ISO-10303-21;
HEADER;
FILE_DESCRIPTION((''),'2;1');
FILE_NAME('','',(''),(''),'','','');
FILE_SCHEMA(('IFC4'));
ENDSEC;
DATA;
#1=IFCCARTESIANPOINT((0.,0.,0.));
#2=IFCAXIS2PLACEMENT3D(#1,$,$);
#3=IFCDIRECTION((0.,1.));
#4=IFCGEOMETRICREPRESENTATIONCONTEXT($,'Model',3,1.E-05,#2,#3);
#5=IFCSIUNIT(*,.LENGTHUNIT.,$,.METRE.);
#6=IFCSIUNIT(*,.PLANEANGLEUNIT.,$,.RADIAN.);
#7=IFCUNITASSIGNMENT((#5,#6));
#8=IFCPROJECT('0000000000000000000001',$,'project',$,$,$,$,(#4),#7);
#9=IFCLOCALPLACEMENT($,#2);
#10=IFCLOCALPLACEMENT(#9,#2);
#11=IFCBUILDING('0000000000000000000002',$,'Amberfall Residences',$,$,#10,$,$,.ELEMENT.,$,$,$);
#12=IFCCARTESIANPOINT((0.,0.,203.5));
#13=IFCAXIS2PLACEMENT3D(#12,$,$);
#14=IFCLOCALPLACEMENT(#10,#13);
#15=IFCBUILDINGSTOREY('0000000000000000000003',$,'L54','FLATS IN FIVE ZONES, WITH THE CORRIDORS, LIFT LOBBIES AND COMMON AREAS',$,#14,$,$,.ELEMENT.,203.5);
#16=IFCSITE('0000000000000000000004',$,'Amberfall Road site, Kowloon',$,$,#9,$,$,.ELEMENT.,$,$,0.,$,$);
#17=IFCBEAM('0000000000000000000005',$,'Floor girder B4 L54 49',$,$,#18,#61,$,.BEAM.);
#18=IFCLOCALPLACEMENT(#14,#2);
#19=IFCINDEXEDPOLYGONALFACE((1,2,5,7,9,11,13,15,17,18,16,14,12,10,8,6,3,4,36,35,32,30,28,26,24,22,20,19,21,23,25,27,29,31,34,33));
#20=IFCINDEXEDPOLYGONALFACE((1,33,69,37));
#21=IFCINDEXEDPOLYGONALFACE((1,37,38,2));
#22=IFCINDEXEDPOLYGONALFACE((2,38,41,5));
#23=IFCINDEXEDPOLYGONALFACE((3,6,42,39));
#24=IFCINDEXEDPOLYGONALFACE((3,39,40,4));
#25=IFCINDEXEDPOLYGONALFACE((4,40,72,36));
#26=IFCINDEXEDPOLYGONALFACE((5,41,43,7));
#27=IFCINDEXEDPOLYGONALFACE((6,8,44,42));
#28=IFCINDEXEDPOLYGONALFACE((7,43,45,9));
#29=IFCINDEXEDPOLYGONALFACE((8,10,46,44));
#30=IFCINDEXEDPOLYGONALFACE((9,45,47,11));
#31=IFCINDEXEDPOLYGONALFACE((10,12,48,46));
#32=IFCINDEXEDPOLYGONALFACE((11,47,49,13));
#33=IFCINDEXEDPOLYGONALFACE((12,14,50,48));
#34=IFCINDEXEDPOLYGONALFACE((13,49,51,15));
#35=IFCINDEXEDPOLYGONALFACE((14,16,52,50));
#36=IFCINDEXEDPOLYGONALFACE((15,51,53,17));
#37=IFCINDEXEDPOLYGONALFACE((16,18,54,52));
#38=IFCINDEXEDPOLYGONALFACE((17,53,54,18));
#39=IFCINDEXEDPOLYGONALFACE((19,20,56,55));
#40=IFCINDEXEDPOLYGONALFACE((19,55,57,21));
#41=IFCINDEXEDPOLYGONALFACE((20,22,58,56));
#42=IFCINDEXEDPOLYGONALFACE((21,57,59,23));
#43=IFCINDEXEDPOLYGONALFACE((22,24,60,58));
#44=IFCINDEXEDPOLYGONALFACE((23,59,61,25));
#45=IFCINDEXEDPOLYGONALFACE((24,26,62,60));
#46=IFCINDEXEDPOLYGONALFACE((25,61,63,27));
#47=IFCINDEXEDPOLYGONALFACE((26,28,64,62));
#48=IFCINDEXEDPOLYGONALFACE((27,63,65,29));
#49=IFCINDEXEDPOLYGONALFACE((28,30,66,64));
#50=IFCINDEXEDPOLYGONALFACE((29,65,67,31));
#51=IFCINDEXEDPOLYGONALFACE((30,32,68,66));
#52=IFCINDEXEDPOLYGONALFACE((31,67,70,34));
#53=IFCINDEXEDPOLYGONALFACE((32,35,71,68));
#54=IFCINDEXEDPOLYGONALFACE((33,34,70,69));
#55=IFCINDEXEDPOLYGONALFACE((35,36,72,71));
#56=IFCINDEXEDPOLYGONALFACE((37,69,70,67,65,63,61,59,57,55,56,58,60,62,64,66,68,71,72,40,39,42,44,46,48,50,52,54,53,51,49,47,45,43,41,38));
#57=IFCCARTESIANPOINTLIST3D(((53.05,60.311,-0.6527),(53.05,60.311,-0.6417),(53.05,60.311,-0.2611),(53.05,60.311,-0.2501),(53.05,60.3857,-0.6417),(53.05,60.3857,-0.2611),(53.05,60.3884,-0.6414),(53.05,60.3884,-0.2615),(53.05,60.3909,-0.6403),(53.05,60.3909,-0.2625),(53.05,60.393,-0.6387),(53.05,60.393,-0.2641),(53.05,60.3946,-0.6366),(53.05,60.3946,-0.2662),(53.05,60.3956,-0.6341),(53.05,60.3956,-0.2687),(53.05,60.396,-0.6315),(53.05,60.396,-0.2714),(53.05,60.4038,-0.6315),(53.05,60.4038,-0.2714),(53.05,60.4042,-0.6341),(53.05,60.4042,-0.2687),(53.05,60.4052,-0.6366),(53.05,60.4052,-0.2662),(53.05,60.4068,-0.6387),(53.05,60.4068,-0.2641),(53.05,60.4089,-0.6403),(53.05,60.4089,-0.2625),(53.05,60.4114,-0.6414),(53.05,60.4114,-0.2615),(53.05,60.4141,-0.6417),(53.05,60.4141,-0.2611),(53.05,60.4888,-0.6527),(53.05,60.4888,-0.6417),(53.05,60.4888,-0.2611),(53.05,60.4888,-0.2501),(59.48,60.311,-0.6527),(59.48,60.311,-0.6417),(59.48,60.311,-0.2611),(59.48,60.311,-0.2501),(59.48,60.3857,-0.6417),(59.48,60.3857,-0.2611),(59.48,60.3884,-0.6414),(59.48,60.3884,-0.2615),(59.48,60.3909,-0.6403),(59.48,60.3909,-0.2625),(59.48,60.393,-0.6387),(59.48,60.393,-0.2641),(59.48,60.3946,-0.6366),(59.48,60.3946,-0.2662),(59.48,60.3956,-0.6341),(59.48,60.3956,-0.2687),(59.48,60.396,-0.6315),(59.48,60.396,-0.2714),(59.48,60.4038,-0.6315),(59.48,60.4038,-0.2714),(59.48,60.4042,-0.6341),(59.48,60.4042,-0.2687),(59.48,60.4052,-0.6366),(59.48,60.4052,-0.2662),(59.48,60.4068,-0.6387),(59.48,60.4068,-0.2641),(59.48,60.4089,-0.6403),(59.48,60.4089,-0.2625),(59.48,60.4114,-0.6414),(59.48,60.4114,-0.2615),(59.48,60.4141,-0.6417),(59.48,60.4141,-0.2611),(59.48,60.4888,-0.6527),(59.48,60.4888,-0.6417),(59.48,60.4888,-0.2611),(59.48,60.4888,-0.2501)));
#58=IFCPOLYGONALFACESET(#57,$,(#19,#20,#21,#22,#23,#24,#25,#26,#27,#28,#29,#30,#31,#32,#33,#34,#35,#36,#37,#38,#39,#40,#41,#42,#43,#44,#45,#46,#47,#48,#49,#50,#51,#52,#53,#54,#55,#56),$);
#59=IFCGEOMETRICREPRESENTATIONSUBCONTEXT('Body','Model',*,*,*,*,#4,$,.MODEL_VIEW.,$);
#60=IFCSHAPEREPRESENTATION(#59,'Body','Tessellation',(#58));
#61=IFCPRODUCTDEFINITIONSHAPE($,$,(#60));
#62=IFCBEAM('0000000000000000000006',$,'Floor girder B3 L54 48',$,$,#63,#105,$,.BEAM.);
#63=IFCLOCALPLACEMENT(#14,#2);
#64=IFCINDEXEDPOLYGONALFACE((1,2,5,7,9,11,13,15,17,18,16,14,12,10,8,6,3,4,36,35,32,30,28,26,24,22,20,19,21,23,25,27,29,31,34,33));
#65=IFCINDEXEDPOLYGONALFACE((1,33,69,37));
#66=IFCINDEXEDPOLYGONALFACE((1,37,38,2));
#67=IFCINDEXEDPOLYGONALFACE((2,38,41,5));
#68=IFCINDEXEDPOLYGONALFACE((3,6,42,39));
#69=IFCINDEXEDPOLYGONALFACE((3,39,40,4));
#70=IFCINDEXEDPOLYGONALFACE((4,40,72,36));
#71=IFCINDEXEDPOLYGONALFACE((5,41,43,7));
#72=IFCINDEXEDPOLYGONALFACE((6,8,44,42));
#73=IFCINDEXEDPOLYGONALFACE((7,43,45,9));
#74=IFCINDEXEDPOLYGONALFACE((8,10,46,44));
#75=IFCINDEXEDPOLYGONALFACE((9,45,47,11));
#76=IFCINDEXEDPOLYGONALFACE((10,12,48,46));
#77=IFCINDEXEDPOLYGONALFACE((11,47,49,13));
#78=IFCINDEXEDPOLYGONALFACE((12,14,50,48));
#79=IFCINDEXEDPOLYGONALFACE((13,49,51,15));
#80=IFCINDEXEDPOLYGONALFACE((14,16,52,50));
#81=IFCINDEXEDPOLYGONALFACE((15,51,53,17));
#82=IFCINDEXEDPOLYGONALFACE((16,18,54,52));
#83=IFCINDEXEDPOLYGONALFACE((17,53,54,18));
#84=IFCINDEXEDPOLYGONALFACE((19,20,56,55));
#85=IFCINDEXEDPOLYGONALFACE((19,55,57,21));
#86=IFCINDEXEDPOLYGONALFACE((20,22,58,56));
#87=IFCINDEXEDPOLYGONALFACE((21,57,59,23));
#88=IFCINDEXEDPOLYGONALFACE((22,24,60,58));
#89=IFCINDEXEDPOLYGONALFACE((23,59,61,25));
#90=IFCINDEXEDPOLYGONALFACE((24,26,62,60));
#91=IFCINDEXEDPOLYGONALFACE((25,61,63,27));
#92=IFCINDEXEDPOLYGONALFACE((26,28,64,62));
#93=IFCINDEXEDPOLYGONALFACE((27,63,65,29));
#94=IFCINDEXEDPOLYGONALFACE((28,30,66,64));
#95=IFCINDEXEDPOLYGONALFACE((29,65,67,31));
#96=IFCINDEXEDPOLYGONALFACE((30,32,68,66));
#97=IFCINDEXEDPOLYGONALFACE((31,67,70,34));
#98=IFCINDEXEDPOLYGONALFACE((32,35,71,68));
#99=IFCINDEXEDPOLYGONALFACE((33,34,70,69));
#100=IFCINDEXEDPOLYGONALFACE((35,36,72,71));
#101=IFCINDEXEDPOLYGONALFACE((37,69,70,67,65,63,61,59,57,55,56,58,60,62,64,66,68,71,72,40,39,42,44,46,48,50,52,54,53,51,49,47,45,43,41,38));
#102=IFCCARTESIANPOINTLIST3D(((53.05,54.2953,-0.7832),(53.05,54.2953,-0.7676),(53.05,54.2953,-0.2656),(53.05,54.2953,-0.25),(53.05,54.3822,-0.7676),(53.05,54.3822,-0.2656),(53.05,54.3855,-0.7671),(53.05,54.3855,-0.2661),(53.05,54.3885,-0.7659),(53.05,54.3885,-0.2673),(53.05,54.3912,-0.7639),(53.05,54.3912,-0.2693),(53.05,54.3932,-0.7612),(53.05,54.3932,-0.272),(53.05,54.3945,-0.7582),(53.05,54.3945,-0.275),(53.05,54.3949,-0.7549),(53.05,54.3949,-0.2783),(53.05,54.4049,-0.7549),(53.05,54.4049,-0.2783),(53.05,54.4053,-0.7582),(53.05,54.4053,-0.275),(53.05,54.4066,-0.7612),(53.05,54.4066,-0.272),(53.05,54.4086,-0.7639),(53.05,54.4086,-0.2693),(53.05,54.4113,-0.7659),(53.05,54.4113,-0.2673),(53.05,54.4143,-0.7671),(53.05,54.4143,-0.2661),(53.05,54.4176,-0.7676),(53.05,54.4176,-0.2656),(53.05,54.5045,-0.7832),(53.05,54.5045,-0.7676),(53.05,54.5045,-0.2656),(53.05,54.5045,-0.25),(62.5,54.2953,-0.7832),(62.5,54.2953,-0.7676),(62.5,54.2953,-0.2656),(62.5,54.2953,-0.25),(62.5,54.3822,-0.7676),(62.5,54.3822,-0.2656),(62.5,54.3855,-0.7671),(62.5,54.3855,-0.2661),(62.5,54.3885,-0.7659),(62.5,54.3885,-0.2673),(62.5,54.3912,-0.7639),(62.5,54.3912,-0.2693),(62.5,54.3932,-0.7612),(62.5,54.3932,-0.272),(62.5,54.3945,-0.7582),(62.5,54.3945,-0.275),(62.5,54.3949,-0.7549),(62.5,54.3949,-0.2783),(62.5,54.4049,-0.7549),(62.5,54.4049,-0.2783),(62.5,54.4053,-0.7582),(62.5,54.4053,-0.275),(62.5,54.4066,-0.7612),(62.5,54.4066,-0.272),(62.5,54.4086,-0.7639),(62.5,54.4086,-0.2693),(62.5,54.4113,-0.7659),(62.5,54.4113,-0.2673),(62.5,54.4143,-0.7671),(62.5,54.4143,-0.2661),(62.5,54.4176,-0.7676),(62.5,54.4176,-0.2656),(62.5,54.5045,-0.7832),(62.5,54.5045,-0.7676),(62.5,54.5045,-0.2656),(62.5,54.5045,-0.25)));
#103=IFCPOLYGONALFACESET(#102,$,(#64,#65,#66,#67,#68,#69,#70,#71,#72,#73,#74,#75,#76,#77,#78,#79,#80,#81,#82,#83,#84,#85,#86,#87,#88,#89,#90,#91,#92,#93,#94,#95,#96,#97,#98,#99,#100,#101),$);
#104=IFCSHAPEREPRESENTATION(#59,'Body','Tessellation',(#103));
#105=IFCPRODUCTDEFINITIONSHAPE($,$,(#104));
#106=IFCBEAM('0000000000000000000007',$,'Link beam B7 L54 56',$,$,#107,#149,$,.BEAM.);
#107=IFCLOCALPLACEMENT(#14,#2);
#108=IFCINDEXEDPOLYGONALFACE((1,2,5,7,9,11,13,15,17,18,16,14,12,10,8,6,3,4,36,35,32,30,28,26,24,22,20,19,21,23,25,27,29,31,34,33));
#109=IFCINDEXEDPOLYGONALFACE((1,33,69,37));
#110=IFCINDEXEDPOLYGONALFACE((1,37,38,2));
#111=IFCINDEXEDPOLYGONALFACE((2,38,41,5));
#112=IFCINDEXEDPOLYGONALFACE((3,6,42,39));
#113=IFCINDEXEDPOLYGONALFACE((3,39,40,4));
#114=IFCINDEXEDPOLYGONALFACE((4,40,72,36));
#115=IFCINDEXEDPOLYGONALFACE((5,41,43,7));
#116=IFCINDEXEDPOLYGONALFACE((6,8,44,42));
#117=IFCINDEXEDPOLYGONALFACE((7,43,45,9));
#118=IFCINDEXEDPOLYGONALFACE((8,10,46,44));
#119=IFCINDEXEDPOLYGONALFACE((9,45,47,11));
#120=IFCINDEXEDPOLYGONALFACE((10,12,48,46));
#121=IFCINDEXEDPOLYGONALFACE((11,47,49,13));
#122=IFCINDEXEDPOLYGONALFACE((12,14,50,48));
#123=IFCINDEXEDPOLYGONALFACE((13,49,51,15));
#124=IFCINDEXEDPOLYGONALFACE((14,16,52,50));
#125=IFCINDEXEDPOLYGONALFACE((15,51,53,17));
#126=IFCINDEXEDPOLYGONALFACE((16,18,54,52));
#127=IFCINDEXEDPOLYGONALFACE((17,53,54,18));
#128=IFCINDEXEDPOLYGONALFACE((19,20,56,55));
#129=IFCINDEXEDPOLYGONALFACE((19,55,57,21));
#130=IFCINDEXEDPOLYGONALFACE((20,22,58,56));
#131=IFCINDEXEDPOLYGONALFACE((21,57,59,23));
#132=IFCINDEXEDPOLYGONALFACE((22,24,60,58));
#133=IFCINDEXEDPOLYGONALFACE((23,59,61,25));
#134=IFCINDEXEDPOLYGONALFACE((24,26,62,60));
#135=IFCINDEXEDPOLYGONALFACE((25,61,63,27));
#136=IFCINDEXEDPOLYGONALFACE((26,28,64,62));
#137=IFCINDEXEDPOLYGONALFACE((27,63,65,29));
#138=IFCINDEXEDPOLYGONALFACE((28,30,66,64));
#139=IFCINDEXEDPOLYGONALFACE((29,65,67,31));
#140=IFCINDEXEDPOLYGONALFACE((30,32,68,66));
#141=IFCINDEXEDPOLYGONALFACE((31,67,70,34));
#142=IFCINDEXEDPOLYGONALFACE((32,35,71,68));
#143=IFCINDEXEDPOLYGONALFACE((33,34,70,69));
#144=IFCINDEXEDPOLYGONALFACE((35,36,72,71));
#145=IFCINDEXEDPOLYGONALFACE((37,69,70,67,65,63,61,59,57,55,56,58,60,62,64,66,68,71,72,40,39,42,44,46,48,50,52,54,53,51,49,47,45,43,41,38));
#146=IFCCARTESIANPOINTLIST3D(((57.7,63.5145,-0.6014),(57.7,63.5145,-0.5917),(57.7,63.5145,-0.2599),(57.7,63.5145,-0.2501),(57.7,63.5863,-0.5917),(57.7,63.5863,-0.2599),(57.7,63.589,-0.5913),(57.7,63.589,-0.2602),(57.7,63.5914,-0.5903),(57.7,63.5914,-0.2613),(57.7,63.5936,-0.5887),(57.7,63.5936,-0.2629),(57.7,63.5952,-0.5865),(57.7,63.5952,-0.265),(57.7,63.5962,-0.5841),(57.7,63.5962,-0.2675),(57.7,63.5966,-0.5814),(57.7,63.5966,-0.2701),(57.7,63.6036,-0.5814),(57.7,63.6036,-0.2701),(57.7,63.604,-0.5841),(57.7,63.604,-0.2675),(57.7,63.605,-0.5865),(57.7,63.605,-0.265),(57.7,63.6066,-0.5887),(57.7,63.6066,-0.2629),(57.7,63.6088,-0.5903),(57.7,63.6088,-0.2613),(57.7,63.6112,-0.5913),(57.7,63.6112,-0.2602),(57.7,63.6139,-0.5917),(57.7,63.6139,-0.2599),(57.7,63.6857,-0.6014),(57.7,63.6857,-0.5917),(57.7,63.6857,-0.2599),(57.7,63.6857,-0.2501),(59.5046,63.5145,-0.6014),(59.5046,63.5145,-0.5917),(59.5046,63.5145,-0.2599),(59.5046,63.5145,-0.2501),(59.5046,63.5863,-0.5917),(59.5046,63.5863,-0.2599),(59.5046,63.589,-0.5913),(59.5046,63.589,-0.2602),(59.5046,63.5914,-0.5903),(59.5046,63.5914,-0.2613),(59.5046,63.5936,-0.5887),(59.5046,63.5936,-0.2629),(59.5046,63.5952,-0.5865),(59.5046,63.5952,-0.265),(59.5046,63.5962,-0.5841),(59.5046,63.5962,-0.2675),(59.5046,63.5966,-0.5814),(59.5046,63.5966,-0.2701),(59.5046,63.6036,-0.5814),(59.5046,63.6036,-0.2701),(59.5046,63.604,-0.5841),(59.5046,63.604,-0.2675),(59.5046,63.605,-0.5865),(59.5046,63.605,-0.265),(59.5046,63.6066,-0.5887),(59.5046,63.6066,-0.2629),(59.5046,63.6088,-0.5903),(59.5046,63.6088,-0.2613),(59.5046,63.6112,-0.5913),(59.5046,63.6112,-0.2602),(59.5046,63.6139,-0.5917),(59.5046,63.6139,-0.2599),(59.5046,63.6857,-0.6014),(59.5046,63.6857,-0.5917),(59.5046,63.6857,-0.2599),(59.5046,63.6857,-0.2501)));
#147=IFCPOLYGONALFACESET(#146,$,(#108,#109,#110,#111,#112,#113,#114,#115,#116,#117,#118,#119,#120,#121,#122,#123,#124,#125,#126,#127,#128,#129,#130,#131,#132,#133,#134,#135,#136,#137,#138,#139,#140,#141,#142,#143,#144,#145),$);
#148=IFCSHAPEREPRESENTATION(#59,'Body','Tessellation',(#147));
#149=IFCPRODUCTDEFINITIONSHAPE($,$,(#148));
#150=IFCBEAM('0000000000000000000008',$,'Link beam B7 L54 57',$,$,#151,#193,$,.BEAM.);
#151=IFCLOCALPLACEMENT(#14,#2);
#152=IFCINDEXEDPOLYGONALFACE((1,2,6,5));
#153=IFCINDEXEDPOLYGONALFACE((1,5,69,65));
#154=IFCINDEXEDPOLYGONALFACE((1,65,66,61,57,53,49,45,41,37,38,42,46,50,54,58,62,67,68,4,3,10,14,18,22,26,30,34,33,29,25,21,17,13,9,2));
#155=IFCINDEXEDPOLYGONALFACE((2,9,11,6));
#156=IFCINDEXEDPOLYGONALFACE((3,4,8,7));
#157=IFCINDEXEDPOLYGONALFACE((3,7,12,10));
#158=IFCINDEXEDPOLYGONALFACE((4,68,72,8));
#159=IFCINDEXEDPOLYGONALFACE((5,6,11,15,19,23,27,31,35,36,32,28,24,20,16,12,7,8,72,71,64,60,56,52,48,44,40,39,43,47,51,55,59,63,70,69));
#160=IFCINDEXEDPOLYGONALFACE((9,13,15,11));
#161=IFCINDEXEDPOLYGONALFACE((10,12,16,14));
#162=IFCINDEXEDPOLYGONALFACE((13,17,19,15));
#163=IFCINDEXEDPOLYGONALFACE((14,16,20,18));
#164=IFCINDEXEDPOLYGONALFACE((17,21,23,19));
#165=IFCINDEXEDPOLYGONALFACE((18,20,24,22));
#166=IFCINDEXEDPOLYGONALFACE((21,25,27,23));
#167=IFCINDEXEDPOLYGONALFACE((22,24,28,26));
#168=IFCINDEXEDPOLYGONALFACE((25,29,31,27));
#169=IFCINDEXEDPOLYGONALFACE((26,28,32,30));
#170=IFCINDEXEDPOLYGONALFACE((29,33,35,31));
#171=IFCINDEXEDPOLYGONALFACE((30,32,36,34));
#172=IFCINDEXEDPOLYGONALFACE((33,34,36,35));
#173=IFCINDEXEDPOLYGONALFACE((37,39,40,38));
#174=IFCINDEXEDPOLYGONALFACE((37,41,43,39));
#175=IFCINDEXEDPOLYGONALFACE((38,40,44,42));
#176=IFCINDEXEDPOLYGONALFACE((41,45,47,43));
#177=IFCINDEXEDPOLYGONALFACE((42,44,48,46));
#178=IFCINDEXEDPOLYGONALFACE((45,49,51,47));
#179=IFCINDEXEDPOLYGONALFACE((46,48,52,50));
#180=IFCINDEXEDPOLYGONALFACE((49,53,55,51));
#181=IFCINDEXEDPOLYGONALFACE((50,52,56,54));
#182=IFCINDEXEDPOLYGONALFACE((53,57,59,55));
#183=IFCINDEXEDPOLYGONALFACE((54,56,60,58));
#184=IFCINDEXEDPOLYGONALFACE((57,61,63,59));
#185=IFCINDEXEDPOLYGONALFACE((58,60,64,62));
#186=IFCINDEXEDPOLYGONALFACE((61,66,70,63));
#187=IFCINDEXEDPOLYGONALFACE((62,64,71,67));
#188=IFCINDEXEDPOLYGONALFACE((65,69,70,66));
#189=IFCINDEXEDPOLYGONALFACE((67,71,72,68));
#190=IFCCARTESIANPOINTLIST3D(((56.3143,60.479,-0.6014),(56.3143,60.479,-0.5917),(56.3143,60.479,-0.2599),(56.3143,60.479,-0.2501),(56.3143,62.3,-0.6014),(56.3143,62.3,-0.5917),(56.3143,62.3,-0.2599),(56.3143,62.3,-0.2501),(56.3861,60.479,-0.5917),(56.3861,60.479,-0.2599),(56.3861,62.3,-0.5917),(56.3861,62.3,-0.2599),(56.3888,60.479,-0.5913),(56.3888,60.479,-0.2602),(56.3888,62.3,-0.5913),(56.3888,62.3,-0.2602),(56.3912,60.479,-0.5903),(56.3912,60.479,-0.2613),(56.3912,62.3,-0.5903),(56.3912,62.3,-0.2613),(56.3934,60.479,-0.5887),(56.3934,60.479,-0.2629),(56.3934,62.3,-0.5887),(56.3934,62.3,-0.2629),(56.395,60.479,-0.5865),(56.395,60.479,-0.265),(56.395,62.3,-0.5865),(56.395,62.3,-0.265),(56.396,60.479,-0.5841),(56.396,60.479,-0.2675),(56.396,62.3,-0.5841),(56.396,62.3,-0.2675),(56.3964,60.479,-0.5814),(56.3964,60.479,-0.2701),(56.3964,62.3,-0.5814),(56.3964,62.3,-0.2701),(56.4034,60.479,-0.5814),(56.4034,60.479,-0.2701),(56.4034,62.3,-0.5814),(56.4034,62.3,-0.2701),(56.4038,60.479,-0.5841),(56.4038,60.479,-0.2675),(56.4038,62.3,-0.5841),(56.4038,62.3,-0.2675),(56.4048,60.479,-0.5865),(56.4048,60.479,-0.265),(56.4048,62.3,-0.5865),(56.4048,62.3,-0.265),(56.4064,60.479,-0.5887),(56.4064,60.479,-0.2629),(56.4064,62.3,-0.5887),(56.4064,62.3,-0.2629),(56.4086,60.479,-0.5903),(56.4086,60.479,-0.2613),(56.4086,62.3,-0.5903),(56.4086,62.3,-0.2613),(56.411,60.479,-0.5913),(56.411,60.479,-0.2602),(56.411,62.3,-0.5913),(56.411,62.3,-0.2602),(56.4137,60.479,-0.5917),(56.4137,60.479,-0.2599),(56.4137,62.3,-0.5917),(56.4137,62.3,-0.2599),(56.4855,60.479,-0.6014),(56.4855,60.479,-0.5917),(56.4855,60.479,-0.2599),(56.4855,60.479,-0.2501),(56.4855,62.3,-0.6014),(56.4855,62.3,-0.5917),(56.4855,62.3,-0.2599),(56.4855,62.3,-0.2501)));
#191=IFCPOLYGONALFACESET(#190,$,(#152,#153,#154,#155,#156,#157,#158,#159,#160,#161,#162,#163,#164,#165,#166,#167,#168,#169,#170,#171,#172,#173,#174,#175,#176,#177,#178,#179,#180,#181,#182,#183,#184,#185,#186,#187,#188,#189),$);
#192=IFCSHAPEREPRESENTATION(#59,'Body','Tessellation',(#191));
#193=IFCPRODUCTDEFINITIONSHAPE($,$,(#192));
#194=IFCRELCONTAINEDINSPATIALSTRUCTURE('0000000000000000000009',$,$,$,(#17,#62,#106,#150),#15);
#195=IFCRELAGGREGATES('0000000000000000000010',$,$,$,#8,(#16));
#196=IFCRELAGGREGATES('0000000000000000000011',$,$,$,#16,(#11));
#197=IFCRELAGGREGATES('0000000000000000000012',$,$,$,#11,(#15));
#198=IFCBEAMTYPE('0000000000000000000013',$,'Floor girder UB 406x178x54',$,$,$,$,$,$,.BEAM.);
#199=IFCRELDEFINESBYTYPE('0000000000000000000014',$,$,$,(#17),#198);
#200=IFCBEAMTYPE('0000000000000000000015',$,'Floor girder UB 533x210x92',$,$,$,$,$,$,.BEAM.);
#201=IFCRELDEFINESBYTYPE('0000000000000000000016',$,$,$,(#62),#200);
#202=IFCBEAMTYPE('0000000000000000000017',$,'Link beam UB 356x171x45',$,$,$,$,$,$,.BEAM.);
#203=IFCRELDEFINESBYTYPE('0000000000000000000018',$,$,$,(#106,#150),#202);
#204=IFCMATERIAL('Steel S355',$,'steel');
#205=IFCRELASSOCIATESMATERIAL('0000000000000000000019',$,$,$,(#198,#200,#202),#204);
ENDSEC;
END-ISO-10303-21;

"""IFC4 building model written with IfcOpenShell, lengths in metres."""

from ifc_helpers import new_model, si_unit, direction, frame, origin, origin_2d, place, context, subcontext, project, spatial, i_section, extrude, material, material_profile, profile_set, type_object, element, save


model = new_model("IFC4")

# Units and contexts
model_context = context("Model", 3, precision=1e-05, world=origin(), true_north=direction((0.0, 1.0)))
body_context = subcontext(model_context, "Body", "Model", "MODEL_VIEW")
ifc_project = project(units=[si_unit("LENGTHUNIT", "METRE"), si_unit("PLANEANGLEUNIT", "RADIAN")], contexts=[model_context])

# Site, building, storey
site_placement = place(None, origin())
site = spatial("IfcSite", under=ifc_project, at=site_placement, Name="Amberfall Road site, Kowloon", CompositionType="ELEMENT", RefElevation=0.0)
building_placement = place(site_placement, origin())
building = spatial("IfcBuilding", under=site, at=building_placement, Name="Amberfall Residences", CompositionType="ELEMENT")
storey_placement = place(building_placement, frame((0.0, 0.0, 203.5)))
storey = spatial("IfcBuildingStorey", under=building, at=storey_placement, Name="L54", Description="FLATS IN FIVE ZONES, WITH THE CORRIDORS, LIFT LOBBIES AND COMMON AREAS", CompositionType="ELEMENT", Elevation=203.5)

# Shared definitions
ifc_material_1 = material(Name="Steel S355", Category="steel")

# Beams
ifc_material_profile_1 = material_profile(ifc_material_1, i_section(OverallWidth=0.1777, OverallDepth=0.4026, WebThickness=0.0078, FlangeThickness=0.011, FilletRadius=0.0103, at=origin_2d()), Name="UB 406x178x54")
ifc_profile_set_1 = profile_set([ifc_material_profile_1], Name="Steel S355")
beam_type_1 = type_object("IfcBeamType", Name="Floor girder UB 406x178x54", PredefinedType="BEAM", material=ifc_profile_set_1)
beam_1_placement = place(storey_placement, frame((53.05, 60.3999, -0.4514), z_axis=(1.0, 0.0, 0.0), x_axis=(0.0, 1.0, 0.0)))
element("IfcBeam", 1, at=beam_1_placement, inside=storey, type_object=beam_type_1, Name="Floor girder B4 L54 49", PredefinedType="BEAM", context=body_context, shape_type="SweptSolid", body=[
    extrude(i_section(OverallWidth=0.1777, OverallDepth=0.4026, WebThickness=0.0078, FlangeThickness=0.011, FilletRadius=0.0103, at=origin_2d()), origin(), (0.0, 0.0, 1.0), 6.4299),
])
ifc_material_profile_2 = material_profile(ifc_material_1, i_section(OverallWidth=0.2092, OverallDepth=0.5332, WebThickness=0.01, FlangeThickness=0.0156, FilletRadius=0.0127, at=origin_2d()), Name="UB 533x210x92")
ifc_profile_set_2 = profile_set([ifc_material_profile_2], Name="Steel S355")
beam_type_2 = type_object("IfcBeamType", Name="Floor girder UB 533x210x92", PredefinedType="BEAM", material=ifc_profile_set_2)
beam_2_placement = place(storey_placement, frame((53.05, 54.3999, -0.5166), z_axis=(1.0, 0.0, 0.0), x_axis=(0.0, 1.0, 0.0)))
element("IfcBeam", 2, at=beam_2_placement, inside=storey, type_object=beam_type_2, Name="Floor girder B3 L54 48", PredefinedType="BEAM", context=body_context, shape_type="SweptSolid", body=[
    extrude(i_section(OverallWidth=0.2092, OverallDepth=0.5332, WebThickness=0.01, FlangeThickness=0.0156, FilletRadius=0.0127, at=origin_2d()), origin(), (0.0, 0.0, 1.0), 9.45),
])
ifc_material_profile_3 = material_profile(ifc_material_1, i_section(OverallWidth=0.1711, OverallDepth=0.3513, WebThickness=0.0071, FlangeThickness=0.0098, FilletRadius=0.0103, at=origin_2d()), Name="UB 356x171x45")
ifc_profile_set_3 = profile_set([ifc_material_profile_3], Name="Steel S355")
beam_type_3 = type_object("IfcBeamType", Name="Link beam UB 356x171x45", PredefinedType="BEAM", material=ifc_profile_set_3)
beam_3_placement = place(storey_placement, frame((57.7, 63.6001, -0.4258), z_axis=(1.0, 0.0, 0.0), x_axis=(0.0, 1.0, 0.0)))
element("IfcBeam", 3, at=beam_3_placement, inside=storey, type_object=beam_type_3, Name="Link beam B7 L54 56", PredefinedType="BEAM", context=body_context, shape_type="SweptSolid", body=[
    extrude(i_section(OverallWidth=0.1711, OverallDepth=0.3513, WebThickness=0.0071, FlangeThickness=0.0098, FilletRadius=0.0103, at=origin_2d()), origin(), (0.0, 0.0, 1.0), 1.8047),
])
beam_4_placement = place(storey_placement, frame((56.3999, 62.3, -0.4258), z_axis=(0.0, -1.0, 0.0), x_axis=(1.0, 0.0, 0.0)))
element("IfcBeam", 4, at=beam_4_placement, inside=storey, type_object=beam_type_3, Name="Link beam B7 L54 57", PredefinedType="BEAM", context=body_context, shape_type="SweptSolid", body=[
    extrude(i_section(OverallWidth=0.1711, OverallDepth=0.3513, WebThickness=0.0071, FlangeThickness=0.0098, FilletRadius=0.0103, at=origin_2d()), origin(), (0.0, 0.0, 1.0), 1.821),
])

save(model, "model.ifc")
